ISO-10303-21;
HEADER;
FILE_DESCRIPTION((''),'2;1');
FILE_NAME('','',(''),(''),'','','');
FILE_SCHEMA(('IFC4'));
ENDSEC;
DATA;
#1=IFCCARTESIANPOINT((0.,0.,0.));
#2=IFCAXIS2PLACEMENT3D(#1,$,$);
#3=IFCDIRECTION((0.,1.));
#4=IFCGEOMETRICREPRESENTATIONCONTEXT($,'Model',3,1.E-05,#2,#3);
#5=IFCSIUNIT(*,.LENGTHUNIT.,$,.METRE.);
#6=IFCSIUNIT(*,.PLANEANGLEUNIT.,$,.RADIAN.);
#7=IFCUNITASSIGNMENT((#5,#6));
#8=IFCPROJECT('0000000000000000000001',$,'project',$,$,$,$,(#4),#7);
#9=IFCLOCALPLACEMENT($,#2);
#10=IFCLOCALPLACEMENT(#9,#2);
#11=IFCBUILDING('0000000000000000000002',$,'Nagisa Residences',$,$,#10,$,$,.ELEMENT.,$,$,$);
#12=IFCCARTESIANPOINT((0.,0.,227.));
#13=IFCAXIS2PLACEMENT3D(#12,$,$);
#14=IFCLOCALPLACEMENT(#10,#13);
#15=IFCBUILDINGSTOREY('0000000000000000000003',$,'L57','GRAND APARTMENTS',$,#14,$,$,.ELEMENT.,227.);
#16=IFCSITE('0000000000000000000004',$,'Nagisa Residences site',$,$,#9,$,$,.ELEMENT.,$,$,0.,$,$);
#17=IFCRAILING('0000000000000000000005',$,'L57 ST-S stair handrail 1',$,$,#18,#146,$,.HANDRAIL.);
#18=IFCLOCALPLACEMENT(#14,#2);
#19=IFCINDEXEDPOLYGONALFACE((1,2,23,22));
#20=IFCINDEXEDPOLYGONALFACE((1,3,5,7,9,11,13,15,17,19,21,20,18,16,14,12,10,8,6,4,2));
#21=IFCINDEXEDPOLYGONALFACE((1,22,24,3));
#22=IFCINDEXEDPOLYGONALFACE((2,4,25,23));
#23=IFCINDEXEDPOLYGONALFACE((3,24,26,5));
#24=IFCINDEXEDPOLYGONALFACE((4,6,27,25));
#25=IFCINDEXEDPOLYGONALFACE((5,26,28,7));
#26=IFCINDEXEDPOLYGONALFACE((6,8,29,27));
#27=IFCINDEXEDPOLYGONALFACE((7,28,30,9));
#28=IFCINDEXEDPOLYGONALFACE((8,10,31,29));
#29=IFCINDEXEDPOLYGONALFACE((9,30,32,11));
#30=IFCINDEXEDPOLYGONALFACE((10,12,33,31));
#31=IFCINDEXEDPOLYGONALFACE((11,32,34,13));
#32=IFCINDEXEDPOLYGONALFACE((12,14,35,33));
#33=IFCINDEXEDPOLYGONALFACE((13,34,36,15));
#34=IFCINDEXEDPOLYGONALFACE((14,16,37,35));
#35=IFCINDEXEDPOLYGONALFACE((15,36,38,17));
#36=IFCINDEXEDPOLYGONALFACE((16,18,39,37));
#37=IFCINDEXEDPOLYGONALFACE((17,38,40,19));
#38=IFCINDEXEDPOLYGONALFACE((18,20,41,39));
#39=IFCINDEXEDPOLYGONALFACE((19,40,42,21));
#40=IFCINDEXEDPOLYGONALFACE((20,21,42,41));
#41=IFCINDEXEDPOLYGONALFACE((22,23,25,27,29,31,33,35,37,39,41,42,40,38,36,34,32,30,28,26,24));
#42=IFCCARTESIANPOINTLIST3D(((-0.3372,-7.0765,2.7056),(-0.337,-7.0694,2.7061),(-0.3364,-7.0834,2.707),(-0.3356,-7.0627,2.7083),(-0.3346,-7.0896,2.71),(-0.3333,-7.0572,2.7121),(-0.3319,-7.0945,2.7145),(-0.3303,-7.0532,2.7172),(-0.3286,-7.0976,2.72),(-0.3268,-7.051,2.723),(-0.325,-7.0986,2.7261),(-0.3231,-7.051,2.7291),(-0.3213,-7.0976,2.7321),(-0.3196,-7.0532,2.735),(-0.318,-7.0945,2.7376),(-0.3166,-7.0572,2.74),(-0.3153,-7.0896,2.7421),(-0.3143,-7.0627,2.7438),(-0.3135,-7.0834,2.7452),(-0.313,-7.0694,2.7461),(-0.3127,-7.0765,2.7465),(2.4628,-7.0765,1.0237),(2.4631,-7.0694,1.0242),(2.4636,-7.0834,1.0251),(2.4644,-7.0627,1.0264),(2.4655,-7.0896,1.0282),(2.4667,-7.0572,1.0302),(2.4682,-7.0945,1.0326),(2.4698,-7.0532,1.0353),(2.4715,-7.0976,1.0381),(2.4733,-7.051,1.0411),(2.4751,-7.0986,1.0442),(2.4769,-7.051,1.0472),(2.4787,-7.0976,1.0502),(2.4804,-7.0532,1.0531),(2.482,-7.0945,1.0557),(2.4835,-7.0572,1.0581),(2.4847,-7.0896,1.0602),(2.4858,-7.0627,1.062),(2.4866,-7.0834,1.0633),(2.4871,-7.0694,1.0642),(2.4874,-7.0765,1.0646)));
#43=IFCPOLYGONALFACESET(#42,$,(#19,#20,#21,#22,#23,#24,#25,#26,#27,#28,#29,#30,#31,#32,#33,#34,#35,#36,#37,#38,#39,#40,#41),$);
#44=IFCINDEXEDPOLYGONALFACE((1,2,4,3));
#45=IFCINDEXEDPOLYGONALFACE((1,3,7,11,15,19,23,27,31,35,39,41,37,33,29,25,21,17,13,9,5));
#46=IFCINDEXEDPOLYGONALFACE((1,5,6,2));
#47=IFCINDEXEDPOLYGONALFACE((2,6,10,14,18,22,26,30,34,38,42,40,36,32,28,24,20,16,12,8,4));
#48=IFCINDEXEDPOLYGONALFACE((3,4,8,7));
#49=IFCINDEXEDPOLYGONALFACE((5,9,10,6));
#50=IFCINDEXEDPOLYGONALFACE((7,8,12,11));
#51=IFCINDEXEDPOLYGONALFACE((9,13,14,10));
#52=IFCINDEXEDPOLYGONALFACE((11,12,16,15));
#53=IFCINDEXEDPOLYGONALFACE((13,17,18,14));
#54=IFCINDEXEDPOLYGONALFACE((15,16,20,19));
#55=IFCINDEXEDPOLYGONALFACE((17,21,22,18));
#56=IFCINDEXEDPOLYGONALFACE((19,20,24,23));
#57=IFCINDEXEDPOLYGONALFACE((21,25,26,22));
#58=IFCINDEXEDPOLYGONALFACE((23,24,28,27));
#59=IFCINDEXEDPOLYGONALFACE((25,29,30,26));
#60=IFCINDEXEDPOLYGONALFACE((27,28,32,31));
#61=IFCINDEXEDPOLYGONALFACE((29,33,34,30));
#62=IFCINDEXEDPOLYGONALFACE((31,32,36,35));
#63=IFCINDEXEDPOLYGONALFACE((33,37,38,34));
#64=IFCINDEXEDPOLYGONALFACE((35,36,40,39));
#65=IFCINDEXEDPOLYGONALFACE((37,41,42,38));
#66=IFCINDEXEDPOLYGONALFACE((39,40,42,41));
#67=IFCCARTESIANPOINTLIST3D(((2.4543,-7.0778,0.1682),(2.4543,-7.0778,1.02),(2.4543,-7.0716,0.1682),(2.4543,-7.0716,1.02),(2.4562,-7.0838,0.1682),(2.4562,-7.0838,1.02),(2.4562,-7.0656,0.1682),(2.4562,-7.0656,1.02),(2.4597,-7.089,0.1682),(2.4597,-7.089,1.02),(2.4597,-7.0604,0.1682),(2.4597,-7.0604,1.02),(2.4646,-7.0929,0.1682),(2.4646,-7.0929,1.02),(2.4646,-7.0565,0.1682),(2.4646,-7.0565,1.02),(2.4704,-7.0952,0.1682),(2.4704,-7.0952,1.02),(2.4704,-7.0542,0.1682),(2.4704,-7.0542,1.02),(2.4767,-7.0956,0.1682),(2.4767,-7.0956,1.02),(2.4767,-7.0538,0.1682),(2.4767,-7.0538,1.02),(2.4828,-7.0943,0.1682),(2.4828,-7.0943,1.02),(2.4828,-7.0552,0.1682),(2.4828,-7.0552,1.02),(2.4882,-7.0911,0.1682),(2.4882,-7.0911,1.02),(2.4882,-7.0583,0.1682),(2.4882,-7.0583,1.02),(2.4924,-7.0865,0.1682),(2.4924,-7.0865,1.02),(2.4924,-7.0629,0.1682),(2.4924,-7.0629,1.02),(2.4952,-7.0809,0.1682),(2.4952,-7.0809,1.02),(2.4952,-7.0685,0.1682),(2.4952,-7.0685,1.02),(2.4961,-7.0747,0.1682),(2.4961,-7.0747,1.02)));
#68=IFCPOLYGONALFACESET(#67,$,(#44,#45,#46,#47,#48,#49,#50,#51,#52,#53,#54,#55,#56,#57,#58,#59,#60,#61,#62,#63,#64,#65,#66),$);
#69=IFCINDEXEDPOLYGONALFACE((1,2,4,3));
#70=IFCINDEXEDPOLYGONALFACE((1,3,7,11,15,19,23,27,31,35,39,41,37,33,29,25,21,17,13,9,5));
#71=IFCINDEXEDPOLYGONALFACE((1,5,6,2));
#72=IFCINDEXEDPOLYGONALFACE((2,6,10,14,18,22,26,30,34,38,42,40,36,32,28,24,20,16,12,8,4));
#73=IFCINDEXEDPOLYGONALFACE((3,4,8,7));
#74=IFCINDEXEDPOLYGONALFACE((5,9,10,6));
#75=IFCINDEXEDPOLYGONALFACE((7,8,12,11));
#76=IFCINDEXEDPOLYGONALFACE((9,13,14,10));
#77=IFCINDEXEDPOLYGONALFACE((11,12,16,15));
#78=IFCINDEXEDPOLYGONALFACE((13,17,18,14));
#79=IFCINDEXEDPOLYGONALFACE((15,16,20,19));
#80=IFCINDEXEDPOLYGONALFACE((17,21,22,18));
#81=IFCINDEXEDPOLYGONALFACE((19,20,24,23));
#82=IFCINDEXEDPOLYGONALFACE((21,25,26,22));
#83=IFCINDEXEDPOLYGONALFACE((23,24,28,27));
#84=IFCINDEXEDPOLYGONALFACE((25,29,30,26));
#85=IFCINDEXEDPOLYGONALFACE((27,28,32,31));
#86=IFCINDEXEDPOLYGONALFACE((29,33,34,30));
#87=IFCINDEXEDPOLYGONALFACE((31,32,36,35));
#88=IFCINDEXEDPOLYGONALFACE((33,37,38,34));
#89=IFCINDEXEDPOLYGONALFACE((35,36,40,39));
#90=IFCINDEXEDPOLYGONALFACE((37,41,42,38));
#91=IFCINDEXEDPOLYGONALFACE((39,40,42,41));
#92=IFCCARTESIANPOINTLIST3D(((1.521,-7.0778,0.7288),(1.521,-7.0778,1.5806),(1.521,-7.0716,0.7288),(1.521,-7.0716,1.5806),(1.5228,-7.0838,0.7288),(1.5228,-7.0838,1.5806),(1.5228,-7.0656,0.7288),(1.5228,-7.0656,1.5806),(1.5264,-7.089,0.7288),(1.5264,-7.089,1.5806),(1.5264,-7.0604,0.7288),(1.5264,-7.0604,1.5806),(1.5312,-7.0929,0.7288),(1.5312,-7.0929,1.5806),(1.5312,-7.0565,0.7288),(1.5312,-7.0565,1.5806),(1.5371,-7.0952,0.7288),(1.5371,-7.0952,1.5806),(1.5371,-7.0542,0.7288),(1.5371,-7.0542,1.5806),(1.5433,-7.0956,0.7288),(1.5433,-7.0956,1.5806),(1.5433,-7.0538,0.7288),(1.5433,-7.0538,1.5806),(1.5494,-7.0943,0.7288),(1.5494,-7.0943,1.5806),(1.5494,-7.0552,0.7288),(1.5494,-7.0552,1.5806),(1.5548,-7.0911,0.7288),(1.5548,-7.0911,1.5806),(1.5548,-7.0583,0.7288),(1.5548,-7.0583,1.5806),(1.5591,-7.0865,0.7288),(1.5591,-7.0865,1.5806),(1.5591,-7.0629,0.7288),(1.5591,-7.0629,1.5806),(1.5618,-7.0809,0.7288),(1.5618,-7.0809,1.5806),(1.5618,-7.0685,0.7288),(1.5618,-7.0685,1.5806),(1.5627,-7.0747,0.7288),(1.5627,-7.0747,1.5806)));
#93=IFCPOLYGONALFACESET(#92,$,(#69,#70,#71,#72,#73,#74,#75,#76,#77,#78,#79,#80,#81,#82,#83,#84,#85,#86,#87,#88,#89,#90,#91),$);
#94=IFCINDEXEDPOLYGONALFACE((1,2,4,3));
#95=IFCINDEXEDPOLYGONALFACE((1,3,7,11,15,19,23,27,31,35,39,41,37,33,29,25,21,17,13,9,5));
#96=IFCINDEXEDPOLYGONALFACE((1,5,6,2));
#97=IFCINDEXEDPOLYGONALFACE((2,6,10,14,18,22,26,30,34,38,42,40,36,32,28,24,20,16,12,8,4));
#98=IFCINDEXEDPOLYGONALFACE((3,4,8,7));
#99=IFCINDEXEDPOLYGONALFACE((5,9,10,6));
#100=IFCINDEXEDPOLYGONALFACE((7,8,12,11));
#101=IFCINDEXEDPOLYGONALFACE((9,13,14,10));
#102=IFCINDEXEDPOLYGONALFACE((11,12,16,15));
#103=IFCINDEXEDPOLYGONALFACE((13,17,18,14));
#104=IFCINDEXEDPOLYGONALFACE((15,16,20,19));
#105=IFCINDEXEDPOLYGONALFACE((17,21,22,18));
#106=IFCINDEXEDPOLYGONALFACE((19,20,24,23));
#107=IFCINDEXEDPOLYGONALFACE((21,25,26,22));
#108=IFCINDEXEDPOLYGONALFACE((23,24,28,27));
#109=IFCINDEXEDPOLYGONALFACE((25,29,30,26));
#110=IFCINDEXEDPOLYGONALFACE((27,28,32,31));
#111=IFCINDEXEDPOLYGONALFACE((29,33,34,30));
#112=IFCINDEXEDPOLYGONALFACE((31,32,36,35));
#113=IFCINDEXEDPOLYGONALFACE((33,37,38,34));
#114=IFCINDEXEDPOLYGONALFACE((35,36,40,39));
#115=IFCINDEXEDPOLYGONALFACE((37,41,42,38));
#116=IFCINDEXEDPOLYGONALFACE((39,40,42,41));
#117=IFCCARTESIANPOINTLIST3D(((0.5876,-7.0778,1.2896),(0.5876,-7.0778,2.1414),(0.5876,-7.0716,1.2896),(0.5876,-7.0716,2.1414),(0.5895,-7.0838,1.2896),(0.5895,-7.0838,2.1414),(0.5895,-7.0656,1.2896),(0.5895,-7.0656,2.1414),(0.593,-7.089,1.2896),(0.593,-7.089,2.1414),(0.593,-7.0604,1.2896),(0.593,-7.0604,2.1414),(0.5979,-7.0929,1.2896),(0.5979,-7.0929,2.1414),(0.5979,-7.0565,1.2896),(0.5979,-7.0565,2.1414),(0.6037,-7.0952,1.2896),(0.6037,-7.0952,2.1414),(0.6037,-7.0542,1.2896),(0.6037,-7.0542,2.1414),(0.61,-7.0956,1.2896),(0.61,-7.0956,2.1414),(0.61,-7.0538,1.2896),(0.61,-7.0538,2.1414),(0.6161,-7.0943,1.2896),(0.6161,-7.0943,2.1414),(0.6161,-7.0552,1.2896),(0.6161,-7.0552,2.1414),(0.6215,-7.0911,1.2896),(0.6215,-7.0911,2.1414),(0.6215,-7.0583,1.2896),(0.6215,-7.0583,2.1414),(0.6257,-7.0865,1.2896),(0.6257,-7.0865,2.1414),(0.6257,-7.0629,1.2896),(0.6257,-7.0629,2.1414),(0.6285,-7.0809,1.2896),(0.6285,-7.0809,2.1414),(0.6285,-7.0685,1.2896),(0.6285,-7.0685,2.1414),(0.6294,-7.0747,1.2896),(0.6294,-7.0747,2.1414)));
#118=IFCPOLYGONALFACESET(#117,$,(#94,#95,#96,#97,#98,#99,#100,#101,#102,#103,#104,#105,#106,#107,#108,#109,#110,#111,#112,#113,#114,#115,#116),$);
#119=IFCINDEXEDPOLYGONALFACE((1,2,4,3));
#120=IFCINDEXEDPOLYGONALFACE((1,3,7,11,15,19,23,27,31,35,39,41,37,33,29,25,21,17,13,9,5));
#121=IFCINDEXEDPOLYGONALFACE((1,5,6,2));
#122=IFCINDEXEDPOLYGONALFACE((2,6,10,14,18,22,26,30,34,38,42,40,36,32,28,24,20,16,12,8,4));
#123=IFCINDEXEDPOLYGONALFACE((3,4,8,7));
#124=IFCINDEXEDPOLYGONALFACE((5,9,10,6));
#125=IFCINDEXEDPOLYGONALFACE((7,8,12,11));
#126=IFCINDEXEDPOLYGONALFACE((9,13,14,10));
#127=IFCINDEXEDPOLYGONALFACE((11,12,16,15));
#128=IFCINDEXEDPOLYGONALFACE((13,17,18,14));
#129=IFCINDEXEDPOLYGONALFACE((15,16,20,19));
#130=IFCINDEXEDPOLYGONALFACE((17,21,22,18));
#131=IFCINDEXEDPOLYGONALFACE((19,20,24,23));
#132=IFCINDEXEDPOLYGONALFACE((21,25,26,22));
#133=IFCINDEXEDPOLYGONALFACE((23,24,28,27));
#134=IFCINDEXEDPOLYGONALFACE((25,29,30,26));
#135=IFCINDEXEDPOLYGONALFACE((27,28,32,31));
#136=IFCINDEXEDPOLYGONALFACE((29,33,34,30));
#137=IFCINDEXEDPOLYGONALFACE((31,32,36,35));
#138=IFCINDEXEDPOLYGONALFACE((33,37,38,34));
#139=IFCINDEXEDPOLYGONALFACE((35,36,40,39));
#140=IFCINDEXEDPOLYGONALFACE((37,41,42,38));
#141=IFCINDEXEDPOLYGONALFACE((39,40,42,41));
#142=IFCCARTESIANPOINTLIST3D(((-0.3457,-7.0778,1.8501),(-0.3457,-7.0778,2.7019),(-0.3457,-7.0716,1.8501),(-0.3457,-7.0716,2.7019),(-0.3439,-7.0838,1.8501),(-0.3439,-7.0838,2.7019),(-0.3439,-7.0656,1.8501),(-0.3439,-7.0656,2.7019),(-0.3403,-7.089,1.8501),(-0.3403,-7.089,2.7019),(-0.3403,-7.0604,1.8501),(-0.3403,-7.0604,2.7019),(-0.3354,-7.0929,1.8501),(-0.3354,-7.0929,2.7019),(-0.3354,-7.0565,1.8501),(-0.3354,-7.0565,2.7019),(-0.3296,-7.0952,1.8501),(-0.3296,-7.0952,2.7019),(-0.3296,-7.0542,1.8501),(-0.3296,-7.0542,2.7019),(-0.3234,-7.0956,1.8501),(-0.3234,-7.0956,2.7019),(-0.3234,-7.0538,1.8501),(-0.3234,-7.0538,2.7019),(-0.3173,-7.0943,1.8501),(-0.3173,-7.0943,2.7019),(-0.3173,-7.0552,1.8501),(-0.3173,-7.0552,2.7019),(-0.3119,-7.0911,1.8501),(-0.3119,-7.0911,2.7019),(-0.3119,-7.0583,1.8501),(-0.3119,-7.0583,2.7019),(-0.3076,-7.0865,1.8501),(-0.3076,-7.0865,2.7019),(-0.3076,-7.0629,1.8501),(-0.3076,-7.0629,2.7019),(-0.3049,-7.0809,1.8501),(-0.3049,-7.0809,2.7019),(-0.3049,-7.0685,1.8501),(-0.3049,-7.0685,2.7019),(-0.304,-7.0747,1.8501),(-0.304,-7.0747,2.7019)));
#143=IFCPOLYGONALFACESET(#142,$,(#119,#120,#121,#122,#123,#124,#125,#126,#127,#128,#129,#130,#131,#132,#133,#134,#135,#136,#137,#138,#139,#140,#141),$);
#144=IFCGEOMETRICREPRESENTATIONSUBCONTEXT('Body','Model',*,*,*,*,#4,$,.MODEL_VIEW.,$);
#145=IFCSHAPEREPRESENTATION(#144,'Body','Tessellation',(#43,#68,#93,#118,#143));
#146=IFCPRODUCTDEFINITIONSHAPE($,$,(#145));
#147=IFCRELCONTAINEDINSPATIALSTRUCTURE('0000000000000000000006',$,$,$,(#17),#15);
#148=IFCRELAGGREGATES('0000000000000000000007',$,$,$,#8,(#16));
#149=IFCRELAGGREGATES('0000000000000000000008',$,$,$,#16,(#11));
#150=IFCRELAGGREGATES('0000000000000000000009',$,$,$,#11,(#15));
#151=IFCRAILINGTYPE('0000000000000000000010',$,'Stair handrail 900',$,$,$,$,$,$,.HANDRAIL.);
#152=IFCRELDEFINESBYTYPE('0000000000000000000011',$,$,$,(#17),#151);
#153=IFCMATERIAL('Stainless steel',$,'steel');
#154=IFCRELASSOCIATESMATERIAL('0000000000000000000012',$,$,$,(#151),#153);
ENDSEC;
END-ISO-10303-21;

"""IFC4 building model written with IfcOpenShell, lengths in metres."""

from ifc_helpers import new_model, si_unit, direction, frame, origin, origin_2d, place, context, subcontext, project, spatial, circle, extrude, material, type_object, element, save


model = new_model("IFC4")

# Units and contexts
model_context = context("Model", 3, precision=1e-05, world=origin(), true_north=direction((0.0, 1.0)))
body_context = subcontext(model_context, "Body", "Model", "MODEL_VIEW")
ifc_project = project(units=[si_unit("LENGTHUNIT", "METRE"), si_unit("PLANEANGLEUNIT", "RADIAN")], contexts=[model_context])

# Site, building, storey
site_placement = place(None, origin())
site = spatial("IfcSite", under=ifc_project, at=site_placement, Name="Nagisa Residences site", CompositionType="ELEMENT", RefElevation=0.0)
building_placement = place(site_placement, origin())
building = spatial("IfcBuilding", under=site, at=building_placement, Name="Nagisa Residences", CompositionType="ELEMENT")
storey_placement = place(building_placement, frame((0.0, 0.0, 227.0)))
storey = spatial("IfcBuildingStorey", under=building, at=storey_placement, Name="L57", Description="GRAND APARTMENTS", CompositionType="ELEMENT", Elevation=227.0)

# Railing
ifc_material_1 = material(Name="Stainless steel", Category="steel")
railing_type_1 = type_object("IfcRailingType", Name="Stair handrail 900", PredefinedType="HANDRAIL", material=ifc_material_1)
railing_1_placement = place(storey_placement, frame((2.4751, -7.0747, 0.1682)))
element("IfcRailing", 1, at=railing_1_placement, inside=storey, type_object=railing_type_1, Name="L57 ST-S stair handrail 1", PredefinedType="HANDRAIL", context=body_context, shape_type="SweptSolid", body=[
    extrude(circle(Radius=0.0239, at=origin_2d()), frame((0.0, 0.0, 0.876), z_axis=(-0.857242, 0.0, 0.514913), x_axis=(0.0, -1.0, 0.0)), (0.0, 0.0, 1.0), 3.2664),
    extrude(circle(Radius=0.021, at=origin_2d()), origin(), (0.0, 0.0, 1.0), 0.8518),
    extrude(circle(Radius=0.021, at=origin_2d()), frame((-0.9333, 0.0, 0.5605)), (0.0, 0.0, 1.0), 0.8518),
    extrude(circle(Radius=0.021, at=origin_2d()), frame((-1.8667, 0.0, 1.1213)), (0.0, 0.0, 1.0), 0.8518),
    extrude(circle(Radius=0.021, at=origin_2d()), frame((-2.8, 0.0, 1.6819)), (0.0, 0.0, 1.0), 0.8518),
])

save(model, "model.ifc")
